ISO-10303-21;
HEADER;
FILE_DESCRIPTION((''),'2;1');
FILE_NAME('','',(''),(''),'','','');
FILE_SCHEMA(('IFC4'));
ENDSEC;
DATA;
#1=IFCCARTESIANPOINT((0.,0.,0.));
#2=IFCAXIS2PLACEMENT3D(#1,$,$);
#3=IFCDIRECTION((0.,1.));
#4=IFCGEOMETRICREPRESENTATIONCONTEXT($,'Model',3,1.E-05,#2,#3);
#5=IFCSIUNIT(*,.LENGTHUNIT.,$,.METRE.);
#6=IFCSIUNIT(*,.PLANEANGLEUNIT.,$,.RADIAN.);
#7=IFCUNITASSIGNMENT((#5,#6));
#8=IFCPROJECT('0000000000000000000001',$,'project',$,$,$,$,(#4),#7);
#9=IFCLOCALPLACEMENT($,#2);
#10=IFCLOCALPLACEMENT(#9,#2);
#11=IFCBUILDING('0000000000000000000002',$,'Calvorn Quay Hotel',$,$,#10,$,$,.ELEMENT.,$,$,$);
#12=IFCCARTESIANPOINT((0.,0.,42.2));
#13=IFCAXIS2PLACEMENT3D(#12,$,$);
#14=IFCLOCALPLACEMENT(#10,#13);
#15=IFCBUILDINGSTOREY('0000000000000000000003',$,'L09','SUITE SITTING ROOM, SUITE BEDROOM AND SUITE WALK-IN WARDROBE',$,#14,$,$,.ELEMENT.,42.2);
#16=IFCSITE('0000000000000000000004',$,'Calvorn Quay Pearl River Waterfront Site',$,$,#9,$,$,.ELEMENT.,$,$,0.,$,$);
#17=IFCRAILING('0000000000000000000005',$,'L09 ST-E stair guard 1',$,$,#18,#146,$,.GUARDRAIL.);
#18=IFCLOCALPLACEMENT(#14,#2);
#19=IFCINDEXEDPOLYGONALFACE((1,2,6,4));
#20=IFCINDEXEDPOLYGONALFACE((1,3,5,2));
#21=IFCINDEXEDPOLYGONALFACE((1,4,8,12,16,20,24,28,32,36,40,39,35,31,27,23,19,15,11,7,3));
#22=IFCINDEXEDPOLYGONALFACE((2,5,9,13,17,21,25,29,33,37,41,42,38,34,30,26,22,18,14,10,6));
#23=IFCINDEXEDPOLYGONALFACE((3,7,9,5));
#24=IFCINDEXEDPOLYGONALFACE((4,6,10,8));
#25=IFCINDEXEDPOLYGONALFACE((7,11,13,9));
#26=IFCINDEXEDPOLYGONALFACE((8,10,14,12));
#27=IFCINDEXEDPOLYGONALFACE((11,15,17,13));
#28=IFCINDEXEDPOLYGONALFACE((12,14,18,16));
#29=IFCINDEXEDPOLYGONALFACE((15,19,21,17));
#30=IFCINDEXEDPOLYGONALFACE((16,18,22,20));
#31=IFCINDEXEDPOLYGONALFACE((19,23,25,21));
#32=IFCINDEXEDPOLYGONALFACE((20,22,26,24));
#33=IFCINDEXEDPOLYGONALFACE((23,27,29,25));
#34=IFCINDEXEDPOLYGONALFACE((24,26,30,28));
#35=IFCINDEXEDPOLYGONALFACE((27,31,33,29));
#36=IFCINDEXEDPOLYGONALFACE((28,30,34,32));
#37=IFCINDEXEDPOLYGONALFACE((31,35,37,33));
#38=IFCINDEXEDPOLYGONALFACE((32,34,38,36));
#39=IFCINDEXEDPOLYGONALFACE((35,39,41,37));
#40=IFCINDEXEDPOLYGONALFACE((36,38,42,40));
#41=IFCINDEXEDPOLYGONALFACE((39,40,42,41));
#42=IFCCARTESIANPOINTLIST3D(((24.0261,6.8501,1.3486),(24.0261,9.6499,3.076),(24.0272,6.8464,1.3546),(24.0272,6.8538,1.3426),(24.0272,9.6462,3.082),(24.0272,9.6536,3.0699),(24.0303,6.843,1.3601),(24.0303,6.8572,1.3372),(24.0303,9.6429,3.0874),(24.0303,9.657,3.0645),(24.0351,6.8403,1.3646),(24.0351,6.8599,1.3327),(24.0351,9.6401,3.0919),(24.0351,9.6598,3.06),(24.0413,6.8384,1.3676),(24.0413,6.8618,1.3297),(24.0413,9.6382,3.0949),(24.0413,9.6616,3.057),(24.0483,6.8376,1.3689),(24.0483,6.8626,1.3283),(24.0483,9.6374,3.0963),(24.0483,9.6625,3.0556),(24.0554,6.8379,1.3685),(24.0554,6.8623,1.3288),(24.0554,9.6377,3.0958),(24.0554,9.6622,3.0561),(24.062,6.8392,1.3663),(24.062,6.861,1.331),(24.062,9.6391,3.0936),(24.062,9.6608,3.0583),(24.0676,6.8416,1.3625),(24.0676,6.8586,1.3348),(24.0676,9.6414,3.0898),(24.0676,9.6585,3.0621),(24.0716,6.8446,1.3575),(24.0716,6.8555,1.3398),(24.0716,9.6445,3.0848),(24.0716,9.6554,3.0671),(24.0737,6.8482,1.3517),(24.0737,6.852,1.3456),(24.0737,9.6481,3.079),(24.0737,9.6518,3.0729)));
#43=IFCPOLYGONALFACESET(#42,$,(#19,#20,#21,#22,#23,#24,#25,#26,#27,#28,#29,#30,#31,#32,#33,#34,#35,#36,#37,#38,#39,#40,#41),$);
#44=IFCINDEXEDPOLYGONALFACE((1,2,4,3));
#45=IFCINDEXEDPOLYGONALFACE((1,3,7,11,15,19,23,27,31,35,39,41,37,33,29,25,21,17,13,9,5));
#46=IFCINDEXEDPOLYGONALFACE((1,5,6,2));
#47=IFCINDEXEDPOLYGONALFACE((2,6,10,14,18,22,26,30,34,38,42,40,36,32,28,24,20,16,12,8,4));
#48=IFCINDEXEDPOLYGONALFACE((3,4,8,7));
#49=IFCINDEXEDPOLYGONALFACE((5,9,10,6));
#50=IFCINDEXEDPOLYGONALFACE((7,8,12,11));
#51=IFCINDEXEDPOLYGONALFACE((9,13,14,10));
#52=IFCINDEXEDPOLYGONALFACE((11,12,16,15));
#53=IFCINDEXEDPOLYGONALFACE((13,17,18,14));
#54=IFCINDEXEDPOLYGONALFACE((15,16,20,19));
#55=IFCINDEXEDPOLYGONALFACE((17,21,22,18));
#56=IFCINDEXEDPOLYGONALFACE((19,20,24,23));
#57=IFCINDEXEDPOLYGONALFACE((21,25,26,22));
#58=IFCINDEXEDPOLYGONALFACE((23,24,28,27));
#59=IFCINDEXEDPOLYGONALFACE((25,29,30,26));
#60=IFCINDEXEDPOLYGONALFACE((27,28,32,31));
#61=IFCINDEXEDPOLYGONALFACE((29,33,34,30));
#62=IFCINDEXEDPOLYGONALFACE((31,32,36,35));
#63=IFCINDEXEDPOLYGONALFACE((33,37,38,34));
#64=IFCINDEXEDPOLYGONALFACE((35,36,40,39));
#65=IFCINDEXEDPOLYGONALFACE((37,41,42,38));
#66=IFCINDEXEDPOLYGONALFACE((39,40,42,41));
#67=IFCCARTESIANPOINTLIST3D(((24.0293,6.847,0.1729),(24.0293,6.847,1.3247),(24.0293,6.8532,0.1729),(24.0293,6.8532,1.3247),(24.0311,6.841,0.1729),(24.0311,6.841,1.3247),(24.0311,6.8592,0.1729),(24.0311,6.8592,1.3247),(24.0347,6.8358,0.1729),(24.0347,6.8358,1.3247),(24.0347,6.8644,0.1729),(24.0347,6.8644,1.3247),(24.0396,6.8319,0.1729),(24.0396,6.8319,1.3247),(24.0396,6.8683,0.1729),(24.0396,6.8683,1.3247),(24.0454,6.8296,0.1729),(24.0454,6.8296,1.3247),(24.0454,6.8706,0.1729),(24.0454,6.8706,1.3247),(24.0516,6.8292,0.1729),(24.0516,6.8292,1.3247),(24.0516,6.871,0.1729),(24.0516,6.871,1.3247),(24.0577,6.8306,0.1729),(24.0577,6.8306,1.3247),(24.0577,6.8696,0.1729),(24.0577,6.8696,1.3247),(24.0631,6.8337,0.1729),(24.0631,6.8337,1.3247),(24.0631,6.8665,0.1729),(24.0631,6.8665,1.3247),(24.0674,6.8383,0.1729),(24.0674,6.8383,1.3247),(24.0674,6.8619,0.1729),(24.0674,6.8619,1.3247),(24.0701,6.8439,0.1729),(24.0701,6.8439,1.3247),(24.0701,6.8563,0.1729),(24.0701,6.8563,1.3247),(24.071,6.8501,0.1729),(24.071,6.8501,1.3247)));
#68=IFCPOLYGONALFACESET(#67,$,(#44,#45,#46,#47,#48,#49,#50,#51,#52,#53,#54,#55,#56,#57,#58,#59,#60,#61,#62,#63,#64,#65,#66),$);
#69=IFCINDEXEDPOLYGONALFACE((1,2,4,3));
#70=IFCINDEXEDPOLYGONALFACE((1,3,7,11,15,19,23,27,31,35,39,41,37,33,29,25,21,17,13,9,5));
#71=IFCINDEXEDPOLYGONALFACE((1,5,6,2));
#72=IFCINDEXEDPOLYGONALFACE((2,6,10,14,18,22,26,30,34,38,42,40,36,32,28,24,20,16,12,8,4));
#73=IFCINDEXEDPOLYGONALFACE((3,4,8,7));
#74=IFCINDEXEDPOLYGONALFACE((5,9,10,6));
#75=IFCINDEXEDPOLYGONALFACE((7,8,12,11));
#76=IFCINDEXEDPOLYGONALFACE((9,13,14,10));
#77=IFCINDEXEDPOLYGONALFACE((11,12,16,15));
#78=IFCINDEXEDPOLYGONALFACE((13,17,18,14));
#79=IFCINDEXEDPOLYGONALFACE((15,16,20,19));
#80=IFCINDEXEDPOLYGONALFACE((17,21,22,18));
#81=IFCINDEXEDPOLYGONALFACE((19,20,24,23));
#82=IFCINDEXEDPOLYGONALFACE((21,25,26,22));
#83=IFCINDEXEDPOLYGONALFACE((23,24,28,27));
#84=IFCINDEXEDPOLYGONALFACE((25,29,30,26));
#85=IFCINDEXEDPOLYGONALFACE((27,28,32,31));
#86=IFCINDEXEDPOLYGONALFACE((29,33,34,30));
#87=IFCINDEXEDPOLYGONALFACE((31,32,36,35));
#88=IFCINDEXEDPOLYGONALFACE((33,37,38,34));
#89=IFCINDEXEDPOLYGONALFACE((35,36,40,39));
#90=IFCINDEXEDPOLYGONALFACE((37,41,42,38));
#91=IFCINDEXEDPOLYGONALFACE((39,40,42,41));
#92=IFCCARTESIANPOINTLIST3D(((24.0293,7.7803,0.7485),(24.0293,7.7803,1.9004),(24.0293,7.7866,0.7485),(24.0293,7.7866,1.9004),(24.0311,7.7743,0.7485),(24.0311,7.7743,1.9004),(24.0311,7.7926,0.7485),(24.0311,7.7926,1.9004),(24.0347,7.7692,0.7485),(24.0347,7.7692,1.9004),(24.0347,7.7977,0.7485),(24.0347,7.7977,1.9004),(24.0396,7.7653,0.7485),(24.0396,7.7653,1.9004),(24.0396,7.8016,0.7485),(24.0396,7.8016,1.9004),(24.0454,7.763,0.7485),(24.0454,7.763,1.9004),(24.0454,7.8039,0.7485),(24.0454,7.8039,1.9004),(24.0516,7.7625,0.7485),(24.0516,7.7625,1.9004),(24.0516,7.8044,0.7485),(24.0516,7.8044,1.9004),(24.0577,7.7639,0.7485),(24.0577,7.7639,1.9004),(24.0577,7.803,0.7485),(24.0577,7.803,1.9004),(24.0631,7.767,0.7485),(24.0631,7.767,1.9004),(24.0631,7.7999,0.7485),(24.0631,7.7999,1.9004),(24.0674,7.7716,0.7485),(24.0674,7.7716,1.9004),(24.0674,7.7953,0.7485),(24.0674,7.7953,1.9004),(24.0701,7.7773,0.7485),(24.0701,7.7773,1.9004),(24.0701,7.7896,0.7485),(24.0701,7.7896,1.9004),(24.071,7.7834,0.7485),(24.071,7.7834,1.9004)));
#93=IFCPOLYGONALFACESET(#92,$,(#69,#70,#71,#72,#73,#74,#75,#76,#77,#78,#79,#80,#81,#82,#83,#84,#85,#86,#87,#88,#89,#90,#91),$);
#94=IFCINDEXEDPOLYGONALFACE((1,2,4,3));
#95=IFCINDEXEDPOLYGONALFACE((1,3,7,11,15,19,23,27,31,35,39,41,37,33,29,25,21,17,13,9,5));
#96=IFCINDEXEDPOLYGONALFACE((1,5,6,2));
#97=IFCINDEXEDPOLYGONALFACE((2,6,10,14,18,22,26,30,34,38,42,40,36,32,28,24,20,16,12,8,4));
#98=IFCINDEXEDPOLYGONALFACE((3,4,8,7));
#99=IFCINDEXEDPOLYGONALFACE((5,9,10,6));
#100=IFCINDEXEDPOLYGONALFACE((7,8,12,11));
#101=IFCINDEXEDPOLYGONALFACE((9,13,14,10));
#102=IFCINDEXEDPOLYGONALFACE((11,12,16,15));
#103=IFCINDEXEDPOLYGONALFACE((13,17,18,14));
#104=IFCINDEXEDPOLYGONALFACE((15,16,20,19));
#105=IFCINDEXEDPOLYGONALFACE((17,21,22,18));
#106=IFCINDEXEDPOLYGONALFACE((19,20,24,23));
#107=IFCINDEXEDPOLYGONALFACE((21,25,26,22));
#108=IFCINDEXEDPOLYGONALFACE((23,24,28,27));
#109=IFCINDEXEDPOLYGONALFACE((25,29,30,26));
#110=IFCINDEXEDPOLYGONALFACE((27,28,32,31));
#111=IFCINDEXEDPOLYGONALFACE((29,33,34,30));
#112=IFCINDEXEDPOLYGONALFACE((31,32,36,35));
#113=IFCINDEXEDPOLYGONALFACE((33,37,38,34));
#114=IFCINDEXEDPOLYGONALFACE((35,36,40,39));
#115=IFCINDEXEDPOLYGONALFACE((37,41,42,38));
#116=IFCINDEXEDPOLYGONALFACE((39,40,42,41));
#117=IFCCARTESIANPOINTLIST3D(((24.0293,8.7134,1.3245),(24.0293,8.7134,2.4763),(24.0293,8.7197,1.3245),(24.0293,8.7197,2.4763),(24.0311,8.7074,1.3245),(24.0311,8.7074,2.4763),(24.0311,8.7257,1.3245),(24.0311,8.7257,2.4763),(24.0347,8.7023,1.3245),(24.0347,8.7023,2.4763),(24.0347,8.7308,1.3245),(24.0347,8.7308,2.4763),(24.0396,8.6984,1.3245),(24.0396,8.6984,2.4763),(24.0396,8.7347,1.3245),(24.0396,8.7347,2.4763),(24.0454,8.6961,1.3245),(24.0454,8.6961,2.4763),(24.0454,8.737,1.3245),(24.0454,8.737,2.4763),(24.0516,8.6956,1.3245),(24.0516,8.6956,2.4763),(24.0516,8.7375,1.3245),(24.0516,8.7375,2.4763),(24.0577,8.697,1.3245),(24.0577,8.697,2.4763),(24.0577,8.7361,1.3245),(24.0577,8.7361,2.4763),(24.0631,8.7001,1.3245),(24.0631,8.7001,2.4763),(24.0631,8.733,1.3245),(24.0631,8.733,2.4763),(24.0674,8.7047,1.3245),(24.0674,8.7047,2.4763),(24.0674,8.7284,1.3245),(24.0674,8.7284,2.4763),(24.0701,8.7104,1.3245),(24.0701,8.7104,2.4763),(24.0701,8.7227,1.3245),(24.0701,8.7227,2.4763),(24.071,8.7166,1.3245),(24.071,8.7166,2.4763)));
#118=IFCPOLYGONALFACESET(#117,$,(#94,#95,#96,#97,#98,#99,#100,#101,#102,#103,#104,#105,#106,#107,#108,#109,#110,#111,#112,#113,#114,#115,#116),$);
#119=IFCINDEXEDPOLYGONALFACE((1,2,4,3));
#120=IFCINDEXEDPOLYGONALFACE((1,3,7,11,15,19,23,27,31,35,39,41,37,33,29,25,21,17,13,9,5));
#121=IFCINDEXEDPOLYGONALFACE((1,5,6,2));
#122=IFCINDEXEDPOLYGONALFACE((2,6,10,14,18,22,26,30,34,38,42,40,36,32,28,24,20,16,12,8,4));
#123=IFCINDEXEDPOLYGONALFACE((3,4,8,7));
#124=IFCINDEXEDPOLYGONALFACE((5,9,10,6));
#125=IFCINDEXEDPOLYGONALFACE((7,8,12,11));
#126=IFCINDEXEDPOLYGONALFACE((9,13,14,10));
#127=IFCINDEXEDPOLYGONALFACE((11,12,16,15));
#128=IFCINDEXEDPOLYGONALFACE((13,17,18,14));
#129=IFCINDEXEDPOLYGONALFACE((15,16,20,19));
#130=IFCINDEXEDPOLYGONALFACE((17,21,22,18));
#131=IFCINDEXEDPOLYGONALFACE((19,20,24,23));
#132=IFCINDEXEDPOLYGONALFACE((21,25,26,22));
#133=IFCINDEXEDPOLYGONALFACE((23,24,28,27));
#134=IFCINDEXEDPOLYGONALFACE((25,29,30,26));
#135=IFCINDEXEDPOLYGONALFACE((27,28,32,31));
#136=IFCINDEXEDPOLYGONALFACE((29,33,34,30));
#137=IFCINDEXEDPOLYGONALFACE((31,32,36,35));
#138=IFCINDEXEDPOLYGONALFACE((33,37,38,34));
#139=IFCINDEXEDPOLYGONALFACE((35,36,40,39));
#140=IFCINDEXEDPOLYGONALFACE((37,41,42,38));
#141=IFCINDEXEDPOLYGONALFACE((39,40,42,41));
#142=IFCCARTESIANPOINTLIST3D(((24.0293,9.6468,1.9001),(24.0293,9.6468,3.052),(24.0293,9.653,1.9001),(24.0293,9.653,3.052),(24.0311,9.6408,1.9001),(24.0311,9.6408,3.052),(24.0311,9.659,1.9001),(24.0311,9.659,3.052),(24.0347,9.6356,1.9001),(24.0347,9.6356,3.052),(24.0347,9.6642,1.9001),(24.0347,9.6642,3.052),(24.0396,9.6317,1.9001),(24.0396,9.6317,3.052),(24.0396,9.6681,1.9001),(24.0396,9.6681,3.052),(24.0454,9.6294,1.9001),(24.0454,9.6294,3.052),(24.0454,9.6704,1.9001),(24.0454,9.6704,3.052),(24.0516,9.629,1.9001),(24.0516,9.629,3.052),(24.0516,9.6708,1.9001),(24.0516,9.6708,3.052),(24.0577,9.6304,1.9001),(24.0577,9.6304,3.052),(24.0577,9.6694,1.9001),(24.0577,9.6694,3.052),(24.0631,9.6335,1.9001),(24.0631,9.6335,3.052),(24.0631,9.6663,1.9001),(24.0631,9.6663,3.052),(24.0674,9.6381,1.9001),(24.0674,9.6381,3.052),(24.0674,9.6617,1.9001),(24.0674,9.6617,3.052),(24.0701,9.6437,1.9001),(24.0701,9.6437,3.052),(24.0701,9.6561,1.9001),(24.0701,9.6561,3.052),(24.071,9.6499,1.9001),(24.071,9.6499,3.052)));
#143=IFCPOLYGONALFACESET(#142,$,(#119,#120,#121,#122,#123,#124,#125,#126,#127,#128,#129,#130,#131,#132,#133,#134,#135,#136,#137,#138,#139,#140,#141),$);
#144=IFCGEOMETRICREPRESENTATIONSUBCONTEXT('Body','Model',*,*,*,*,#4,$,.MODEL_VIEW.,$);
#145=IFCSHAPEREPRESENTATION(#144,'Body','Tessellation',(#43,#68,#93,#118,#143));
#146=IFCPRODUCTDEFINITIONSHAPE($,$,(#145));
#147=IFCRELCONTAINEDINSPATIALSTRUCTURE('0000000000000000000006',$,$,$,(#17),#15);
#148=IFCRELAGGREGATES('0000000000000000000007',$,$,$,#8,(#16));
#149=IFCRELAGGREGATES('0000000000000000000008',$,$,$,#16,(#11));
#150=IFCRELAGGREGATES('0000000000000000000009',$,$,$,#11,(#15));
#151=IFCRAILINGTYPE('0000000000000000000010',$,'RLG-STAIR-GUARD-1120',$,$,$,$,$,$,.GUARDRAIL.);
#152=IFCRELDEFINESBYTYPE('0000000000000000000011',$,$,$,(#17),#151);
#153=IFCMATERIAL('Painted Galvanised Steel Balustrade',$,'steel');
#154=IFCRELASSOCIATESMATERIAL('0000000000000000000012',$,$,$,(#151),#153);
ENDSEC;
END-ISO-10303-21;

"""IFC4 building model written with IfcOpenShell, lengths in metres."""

from ifc_helpers import new_model, si_unit, direction, frame, origin, origin_2d, place, context, subcontext, project, spatial, circle, extrude, material, type_object, element, save


model = new_model("IFC4")

# Units and contexts
model_context = context("Model", 3, precision=1e-05, world=origin(), true_north=direction((0.0, 1.0)))
body_context = subcontext(model_context, "Body", "Model", "MODEL_VIEW")
ifc_project = project(units=[si_unit("LENGTHUNIT", "METRE"), si_unit("PLANEANGLEUNIT", "RADIAN")], contexts=[model_context])

# Site, building, storey
site_placement = place(None, origin())
site = spatial("IfcSite", under=ifc_project, at=site_placement, Name="Calvorn Quay Pearl River Waterfront Site", CompositionType="ELEMENT", RefElevation=0.0)
building_placement = place(site_placement, origin())
building = spatial("IfcBuilding", under=site, at=building_placement, Name="Calvorn Quay Hotel", CompositionType="ELEMENT")
storey_placement = place(building_placement, frame((0.0, 0.0, 42.2)))
storey = spatial("IfcBuildingStorey", under=building, at=storey_placement, Name="L09", Description="SUITE SITTING ROOM, SUITE BEDROOM AND SUITE WALK-IN WARDROBE", CompositionType="ELEMENT", Elevation=42.2)

# Railing
ifc_material_1 = material(Name="Painted Galvanised Steel Balustrade", Category="steel")
railing_type_1 = type_object("IfcRailingType", Name="RLG-STAIR-GUARD-1120", PredefinedType="GUARDRAIL", material=ifc_material_1)
railing_1_placement = place(storey_placement, frame((24.05, 6.8501, 0.1729)))
element("IfcRailing", 1, at=railing_1_placement, inside=storey, type_object=railing_type_1, Name="L09 ST-E stair guard 1", PredefinedType="GUARDRAIL", context=body_context, shape_type="SweptSolid", body=[
    extrude(circle(Radius=0.0239, at=origin_2d()), frame((0.0, 0.0, 1.1758), z_axis=(0.0, 0.851069, 0.525054), x_axis=(-1.0, 0.0, 0.0)), (0.0, 0.0, 1.0), 3.2898),
    extrude(circle(Radius=0.021, at=origin_2d()), origin(), (0.0, 0.0, 1.0), 1.1519),
    extrude(circle(Radius=0.021, at=origin_2d()), frame((0.0, 0.9333, 0.5757)), (0.0, 0.0, 1.0), 1.1519),
    extrude(circle(Radius=0.021, at=origin_2d()), frame((0.0, 1.8665, 1.1516)), (0.0, 0.0, 1.0), 1.1519),
    extrude(circle(Radius=0.021, at=origin_2d()), frame((0.0, 2.7998, 1.7273)), (0.0, 0.0, 1.0), 1.1519),
])

save(model, "model.ifc")
